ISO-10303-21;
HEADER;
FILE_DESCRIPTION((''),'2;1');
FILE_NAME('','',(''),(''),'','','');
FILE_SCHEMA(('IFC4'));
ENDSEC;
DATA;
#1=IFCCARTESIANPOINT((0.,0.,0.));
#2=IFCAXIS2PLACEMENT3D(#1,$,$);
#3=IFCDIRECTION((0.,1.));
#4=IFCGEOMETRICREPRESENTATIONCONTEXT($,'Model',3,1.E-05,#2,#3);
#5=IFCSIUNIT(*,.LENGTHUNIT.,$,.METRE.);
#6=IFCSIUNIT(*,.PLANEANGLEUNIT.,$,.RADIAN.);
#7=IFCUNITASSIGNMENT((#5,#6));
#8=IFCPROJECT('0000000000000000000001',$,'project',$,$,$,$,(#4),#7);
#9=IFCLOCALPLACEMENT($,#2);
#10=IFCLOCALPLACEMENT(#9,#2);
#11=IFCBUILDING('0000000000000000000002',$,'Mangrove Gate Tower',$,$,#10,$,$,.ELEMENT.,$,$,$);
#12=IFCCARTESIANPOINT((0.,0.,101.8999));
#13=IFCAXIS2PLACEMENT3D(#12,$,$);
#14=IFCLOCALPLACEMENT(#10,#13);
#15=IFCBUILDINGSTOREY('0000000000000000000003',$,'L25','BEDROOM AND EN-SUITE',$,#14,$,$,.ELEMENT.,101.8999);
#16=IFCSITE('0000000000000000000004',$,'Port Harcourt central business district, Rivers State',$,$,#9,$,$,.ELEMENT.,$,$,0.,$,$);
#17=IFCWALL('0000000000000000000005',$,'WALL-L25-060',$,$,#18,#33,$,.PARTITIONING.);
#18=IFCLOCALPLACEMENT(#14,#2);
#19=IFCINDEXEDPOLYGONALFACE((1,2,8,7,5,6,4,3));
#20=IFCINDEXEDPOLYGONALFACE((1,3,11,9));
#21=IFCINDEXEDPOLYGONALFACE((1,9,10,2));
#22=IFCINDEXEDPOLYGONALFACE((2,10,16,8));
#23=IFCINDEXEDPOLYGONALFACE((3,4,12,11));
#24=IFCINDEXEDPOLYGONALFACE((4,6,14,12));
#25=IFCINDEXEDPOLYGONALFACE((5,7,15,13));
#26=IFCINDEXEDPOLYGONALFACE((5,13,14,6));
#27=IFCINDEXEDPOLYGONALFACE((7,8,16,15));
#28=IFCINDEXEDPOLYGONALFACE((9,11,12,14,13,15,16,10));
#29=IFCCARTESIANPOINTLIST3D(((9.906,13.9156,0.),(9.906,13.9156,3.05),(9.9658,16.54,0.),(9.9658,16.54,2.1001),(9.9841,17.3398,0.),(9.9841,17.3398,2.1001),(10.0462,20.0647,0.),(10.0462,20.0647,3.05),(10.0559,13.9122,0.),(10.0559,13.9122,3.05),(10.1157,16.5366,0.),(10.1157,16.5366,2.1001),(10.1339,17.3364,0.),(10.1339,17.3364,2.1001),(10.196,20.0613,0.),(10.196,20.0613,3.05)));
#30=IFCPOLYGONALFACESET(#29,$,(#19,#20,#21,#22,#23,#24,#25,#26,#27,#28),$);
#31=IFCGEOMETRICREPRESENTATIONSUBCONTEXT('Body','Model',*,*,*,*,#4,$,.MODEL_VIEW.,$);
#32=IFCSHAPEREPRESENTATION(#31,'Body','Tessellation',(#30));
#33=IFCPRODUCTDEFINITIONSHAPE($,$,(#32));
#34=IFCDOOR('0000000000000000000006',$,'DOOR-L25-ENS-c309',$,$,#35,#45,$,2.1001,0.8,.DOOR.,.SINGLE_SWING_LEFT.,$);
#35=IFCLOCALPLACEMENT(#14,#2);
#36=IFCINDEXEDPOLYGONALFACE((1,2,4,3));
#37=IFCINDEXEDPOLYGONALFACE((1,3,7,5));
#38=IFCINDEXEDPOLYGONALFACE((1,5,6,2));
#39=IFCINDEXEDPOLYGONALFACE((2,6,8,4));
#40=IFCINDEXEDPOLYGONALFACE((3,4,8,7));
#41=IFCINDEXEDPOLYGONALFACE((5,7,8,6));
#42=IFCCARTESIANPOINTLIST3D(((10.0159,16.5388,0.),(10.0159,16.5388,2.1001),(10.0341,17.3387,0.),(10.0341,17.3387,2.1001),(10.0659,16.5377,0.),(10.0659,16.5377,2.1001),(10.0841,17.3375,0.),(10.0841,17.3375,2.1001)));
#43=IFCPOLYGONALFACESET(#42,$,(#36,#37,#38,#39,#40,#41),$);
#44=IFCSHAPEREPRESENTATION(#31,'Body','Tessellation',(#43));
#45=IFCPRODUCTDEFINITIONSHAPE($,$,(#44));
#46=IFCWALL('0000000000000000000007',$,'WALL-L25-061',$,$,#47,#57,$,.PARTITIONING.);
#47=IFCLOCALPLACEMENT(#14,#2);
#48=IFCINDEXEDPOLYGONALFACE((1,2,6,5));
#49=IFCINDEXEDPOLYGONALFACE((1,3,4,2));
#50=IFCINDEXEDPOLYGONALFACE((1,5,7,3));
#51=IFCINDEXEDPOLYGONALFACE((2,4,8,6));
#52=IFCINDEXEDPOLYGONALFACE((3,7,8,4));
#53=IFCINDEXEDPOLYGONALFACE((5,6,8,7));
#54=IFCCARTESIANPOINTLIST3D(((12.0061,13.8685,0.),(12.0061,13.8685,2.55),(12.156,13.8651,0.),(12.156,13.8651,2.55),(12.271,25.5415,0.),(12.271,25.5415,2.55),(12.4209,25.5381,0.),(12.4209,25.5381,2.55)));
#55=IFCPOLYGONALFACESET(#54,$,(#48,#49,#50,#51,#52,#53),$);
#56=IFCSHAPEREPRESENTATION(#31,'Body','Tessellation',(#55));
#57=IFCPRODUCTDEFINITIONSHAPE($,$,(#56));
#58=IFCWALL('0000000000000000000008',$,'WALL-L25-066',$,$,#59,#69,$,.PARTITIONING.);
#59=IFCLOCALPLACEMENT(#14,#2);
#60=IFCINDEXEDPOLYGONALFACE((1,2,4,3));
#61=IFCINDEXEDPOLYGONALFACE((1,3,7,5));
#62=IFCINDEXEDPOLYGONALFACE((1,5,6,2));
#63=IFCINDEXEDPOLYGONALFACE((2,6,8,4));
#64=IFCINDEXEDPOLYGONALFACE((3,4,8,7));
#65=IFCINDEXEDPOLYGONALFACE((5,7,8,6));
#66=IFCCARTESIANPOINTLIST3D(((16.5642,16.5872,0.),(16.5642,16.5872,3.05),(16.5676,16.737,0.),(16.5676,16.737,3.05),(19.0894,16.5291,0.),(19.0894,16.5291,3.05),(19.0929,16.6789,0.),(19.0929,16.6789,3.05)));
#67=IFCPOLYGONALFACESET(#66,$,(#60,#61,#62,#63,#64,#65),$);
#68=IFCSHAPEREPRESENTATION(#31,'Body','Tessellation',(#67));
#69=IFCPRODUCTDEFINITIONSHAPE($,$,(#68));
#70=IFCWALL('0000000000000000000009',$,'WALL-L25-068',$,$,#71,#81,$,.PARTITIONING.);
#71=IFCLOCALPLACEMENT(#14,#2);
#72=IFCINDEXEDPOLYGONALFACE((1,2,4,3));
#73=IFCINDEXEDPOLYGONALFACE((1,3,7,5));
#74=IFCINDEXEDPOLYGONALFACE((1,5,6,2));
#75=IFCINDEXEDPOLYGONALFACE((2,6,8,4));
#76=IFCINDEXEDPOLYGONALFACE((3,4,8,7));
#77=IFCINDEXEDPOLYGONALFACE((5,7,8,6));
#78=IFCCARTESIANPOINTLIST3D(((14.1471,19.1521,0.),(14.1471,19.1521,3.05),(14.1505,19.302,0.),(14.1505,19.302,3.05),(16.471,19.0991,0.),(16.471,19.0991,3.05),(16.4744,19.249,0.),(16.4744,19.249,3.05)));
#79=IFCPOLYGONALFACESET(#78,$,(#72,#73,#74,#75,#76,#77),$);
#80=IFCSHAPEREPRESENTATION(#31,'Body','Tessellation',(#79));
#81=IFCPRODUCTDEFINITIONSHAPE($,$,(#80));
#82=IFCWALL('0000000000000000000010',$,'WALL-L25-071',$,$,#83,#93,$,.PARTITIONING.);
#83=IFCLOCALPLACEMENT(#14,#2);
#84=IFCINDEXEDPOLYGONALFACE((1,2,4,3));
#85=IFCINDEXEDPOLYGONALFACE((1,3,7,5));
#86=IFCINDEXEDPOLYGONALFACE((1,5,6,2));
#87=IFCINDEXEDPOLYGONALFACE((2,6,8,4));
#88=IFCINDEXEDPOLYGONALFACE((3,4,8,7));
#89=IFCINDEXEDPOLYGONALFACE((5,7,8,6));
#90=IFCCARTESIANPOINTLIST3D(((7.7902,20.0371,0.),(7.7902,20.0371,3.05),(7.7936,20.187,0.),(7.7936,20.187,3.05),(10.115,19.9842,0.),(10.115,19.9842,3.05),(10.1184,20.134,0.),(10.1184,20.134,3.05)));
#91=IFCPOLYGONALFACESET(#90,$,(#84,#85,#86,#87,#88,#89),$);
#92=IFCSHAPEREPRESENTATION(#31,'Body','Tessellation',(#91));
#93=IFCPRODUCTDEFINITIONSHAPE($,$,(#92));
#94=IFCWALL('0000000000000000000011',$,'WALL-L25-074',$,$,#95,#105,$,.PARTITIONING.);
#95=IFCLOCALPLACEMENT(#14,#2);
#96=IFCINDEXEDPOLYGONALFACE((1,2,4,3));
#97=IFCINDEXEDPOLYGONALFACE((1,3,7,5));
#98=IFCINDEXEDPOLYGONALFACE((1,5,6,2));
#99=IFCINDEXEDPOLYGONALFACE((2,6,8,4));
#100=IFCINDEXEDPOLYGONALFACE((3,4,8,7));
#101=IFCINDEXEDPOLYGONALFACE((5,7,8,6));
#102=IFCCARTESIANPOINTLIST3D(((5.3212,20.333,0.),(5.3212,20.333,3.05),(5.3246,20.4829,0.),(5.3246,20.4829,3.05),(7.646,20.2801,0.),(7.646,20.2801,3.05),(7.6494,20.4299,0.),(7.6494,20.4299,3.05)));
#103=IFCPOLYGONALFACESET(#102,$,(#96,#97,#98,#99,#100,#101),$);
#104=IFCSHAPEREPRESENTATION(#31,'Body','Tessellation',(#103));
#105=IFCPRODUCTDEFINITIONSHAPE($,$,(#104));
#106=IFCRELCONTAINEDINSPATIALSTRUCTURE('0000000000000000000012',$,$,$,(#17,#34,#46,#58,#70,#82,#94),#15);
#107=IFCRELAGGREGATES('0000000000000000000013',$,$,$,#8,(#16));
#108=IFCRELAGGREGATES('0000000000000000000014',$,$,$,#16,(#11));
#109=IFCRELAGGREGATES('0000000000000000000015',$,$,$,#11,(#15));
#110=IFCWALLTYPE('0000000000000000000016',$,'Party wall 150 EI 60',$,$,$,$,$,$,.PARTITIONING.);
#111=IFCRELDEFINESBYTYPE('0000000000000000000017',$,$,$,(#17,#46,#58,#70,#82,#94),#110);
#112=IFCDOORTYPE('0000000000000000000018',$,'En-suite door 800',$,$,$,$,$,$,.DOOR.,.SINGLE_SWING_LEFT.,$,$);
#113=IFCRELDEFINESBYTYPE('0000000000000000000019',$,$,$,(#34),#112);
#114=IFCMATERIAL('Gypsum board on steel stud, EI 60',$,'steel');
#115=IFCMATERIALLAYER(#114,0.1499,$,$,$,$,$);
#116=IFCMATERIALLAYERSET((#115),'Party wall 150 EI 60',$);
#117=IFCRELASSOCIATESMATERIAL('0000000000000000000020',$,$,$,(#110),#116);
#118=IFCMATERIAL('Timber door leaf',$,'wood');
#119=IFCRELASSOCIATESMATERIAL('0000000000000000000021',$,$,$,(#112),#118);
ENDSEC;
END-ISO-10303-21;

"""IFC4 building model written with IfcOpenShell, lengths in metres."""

from ifc_helpers import new_model, si_unit, direction, frame, frame_2d, origin, place, context, subcontext, project, spatial, rectangle, extrude, material, layer, layer_set, type_object, element, fill, save


model = new_model("IFC4")

# Units and contexts
model_context = context("Model", 3, precision=1e-05, world=origin(), true_north=direction((0.0, 1.0)))
body_context = subcontext(model_context, "Body", "Model", "MODEL_VIEW")
ifc_project = project(units=[si_unit("LENGTHUNIT", "METRE"), si_unit("PLANEANGLEUNIT", "RADIAN")], contexts=[model_context])

# Site, building, storey
site_placement = place(None, origin())
site = spatial("IfcSite", under=ifc_project, at=site_placement, Name="Port Harcourt central business district, Rivers State", CompositionType="ELEMENT", RefElevation=0.0)
building_placement = place(site_placement, origin())
building = spatial("IfcBuilding", under=site, at=building_placement, Name="Mangrove Gate Tower", CompositionType="ELEMENT")
storey_placement = place(building_placement, frame((0.0, 0.0, 101.8999)))
storey = spatial("IfcBuildingStorey", under=building, at=storey_placement, Name="L25", Description="BEDROOM AND EN-SUITE", CompositionType="ELEMENT", Elevation=101.8999)

# Shared definitions
ifc_material_1 = material(Name="Gypsum board on steel stud, EI 60", Category="steel")
ifc_layer = layer(ifc_material_1, 0.1499)
ifc_layer_set = layer_set([ifc_layer], Name="Party wall 150 EI 60")
wall_type = type_object("IfcWallType", Name="Party wall 150 EI 60", PredefinedType="PARTITIONING", material=ifc_layer_set)
ifc_material_2 = material(Name="Timber door leaf", Category="wood")
door_type = type_object("IfcDoorType", Name="En-suite door 800", OperationType="SINGLE_SWING_LEFT", PredefinedType="DOOR", material=ifc_material_2)

# Wall, opening, door
wall_1_placement = place(storey_placement, frame((9.981, 13.9141, 0.0), z_axis=(0.0, 0.0, 1.0), x_axis=(0.022785, 0.99974, 0.0)))
wall_1 = element("IfcWall", 1, at=wall_1_placement, inside=storey, type_object=wall_type, Name="WALL-L25-060", PredefinedType="PARTITIONING", context=body_context, shape_type="SweptSolid", body=[
    extrude(rectangle(XDim=6.1506, YDim=0.1499, at=frame_2d((3.0752, 0.0))), origin(), (0.0, 0.0, 1.0), 3.05),
])
opening_1_placement = place(wall_1_placement, frame((2.625, 0.0, 0.0)))
opening_1 = element("IfcOpeningElement", 2, at=opening_1_placement, cuts=wall_1, PredefinedType="OPENING", context=body_context, shape_type="SweptSolid", body=[
    extrude(rectangle(XDim=0.8, YDim=2.1001, at=frame_2d((0.3999, 1.05))), frame((0.0, 0.085, 0.0), z_axis=(0.0, -1.0, 0.0), x_axis=(1.0, 0.0, 0.0)), (0.0, 0.0, 1.0), 0.1699),
])
door_1_placement = place(opening_1_placement, origin())
door_1 = element("IfcDoor", 3, at=door_1_placement, inside=storey, type_object=door_type, Name="DOOR-L25-ENS-c309", OperationType="SINGLE_SWING_LEFT", OverallHeight=2.1001, OverallWidth=0.8, PredefinedType="DOOR", context=body_context, shape_type="SweptSolid", body=[
    extrude(rectangle(XDim=0.8, YDim=2.1001, at=frame_2d((0.3999, 1.05))), frame((0.0, 0.0249, 0.0), z_axis=(0.0, -1.0, 0.0), x_axis=(1.0, 0.0, 0.0)), (0.0, 0.0, 1.0), 0.05),
])
fill(opening_1, door_1)

# Walls
wall_2_placement = place(storey_placement, frame((12.0811, 13.8669, 0.0), z_axis=(0.0, 0.0, 1.0), x_axis=(0.022687, 0.999743, 0.0)))
element("IfcWall", 4, at=wall_2_placement, inside=storey, type_object=wall_type, Name="WALL-L25-061", PredefinedType="PARTITIONING", context=body_context, shape_type="SweptSolid", body=[
    extrude(rectangle(XDim=11.676, YDim=0.1499, at=frame_2d((5.8379, 0.0))), origin(), (0.0, 0.0, 1.0), 2.55),
])
wall_3_placement = place(storey_placement, frame((16.5659, 16.6621, 0.0), z_axis=(0.0, 0.0, 1.0), x_axis=(0.999735, -0.023005, 0.0)))
element("IfcWall", 5, at=wall_3_placement, inside=storey, type_object=wall_type, Name="WALL-L25-066", PredefinedType="PARTITIONING", context=body_context, shape_type="SweptSolid", body=[
    extrude(rectangle(XDim=2.5259, YDim=0.1499, at=frame_2d((1.2629, 0.0))), origin(), (0.0, 0.0, 1.0), 3.05),
])
wall_4_placement = place(storey_placement, frame((14.1489, 19.2271, 0.0), z_axis=(0.0, 0.0, 1.0), x_axis=(0.99974, -0.022791, 0.0)))
element("IfcWall", 6, at=wall_4_placement, inside=storey, type_object=wall_type, Name="WALL-L25-068", PredefinedType="PARTITIONING", context=body_context, shape_type="SweptSolid", body=[
    extrude(rectangle(XDim=2.3245, YDim=0.1499, at=frame_2d((1.1621, 0.0))), origin(), (0.0, 0.0, 1.0), 3.05),
])
for number, where, z_axis, x_axis, name in (
    (7, (7.792, 20.1121, 0.0), (0.0, 0.0, 1.0), (0.99974, -0.022781, 0.0), "WALL-L25-071"),
    (8, (5.323, 20.408, 0.0), (0.0, 0.0, 1.0), (0.99974, -0.022781, 0.0), "WALL-L25-074"),
):
    element("IfcWall", number, at=place(storey_placement, frame(where, z_axis=z_axis, x_axis=x_axis)), inside=storey, type_object=wall_type, Name=name, PredefinedType="PARTITIONING", context=body_context, shape_type="SweptSolid", body=[
        extrude(rectangle(XDim=2.3254, YDim=0.1499, at=frame_2d((1.1626, 0.0))), origin(), (0.0, 0.0, 1.0), 3.05),
    ])

save(model, "model.ifc")
